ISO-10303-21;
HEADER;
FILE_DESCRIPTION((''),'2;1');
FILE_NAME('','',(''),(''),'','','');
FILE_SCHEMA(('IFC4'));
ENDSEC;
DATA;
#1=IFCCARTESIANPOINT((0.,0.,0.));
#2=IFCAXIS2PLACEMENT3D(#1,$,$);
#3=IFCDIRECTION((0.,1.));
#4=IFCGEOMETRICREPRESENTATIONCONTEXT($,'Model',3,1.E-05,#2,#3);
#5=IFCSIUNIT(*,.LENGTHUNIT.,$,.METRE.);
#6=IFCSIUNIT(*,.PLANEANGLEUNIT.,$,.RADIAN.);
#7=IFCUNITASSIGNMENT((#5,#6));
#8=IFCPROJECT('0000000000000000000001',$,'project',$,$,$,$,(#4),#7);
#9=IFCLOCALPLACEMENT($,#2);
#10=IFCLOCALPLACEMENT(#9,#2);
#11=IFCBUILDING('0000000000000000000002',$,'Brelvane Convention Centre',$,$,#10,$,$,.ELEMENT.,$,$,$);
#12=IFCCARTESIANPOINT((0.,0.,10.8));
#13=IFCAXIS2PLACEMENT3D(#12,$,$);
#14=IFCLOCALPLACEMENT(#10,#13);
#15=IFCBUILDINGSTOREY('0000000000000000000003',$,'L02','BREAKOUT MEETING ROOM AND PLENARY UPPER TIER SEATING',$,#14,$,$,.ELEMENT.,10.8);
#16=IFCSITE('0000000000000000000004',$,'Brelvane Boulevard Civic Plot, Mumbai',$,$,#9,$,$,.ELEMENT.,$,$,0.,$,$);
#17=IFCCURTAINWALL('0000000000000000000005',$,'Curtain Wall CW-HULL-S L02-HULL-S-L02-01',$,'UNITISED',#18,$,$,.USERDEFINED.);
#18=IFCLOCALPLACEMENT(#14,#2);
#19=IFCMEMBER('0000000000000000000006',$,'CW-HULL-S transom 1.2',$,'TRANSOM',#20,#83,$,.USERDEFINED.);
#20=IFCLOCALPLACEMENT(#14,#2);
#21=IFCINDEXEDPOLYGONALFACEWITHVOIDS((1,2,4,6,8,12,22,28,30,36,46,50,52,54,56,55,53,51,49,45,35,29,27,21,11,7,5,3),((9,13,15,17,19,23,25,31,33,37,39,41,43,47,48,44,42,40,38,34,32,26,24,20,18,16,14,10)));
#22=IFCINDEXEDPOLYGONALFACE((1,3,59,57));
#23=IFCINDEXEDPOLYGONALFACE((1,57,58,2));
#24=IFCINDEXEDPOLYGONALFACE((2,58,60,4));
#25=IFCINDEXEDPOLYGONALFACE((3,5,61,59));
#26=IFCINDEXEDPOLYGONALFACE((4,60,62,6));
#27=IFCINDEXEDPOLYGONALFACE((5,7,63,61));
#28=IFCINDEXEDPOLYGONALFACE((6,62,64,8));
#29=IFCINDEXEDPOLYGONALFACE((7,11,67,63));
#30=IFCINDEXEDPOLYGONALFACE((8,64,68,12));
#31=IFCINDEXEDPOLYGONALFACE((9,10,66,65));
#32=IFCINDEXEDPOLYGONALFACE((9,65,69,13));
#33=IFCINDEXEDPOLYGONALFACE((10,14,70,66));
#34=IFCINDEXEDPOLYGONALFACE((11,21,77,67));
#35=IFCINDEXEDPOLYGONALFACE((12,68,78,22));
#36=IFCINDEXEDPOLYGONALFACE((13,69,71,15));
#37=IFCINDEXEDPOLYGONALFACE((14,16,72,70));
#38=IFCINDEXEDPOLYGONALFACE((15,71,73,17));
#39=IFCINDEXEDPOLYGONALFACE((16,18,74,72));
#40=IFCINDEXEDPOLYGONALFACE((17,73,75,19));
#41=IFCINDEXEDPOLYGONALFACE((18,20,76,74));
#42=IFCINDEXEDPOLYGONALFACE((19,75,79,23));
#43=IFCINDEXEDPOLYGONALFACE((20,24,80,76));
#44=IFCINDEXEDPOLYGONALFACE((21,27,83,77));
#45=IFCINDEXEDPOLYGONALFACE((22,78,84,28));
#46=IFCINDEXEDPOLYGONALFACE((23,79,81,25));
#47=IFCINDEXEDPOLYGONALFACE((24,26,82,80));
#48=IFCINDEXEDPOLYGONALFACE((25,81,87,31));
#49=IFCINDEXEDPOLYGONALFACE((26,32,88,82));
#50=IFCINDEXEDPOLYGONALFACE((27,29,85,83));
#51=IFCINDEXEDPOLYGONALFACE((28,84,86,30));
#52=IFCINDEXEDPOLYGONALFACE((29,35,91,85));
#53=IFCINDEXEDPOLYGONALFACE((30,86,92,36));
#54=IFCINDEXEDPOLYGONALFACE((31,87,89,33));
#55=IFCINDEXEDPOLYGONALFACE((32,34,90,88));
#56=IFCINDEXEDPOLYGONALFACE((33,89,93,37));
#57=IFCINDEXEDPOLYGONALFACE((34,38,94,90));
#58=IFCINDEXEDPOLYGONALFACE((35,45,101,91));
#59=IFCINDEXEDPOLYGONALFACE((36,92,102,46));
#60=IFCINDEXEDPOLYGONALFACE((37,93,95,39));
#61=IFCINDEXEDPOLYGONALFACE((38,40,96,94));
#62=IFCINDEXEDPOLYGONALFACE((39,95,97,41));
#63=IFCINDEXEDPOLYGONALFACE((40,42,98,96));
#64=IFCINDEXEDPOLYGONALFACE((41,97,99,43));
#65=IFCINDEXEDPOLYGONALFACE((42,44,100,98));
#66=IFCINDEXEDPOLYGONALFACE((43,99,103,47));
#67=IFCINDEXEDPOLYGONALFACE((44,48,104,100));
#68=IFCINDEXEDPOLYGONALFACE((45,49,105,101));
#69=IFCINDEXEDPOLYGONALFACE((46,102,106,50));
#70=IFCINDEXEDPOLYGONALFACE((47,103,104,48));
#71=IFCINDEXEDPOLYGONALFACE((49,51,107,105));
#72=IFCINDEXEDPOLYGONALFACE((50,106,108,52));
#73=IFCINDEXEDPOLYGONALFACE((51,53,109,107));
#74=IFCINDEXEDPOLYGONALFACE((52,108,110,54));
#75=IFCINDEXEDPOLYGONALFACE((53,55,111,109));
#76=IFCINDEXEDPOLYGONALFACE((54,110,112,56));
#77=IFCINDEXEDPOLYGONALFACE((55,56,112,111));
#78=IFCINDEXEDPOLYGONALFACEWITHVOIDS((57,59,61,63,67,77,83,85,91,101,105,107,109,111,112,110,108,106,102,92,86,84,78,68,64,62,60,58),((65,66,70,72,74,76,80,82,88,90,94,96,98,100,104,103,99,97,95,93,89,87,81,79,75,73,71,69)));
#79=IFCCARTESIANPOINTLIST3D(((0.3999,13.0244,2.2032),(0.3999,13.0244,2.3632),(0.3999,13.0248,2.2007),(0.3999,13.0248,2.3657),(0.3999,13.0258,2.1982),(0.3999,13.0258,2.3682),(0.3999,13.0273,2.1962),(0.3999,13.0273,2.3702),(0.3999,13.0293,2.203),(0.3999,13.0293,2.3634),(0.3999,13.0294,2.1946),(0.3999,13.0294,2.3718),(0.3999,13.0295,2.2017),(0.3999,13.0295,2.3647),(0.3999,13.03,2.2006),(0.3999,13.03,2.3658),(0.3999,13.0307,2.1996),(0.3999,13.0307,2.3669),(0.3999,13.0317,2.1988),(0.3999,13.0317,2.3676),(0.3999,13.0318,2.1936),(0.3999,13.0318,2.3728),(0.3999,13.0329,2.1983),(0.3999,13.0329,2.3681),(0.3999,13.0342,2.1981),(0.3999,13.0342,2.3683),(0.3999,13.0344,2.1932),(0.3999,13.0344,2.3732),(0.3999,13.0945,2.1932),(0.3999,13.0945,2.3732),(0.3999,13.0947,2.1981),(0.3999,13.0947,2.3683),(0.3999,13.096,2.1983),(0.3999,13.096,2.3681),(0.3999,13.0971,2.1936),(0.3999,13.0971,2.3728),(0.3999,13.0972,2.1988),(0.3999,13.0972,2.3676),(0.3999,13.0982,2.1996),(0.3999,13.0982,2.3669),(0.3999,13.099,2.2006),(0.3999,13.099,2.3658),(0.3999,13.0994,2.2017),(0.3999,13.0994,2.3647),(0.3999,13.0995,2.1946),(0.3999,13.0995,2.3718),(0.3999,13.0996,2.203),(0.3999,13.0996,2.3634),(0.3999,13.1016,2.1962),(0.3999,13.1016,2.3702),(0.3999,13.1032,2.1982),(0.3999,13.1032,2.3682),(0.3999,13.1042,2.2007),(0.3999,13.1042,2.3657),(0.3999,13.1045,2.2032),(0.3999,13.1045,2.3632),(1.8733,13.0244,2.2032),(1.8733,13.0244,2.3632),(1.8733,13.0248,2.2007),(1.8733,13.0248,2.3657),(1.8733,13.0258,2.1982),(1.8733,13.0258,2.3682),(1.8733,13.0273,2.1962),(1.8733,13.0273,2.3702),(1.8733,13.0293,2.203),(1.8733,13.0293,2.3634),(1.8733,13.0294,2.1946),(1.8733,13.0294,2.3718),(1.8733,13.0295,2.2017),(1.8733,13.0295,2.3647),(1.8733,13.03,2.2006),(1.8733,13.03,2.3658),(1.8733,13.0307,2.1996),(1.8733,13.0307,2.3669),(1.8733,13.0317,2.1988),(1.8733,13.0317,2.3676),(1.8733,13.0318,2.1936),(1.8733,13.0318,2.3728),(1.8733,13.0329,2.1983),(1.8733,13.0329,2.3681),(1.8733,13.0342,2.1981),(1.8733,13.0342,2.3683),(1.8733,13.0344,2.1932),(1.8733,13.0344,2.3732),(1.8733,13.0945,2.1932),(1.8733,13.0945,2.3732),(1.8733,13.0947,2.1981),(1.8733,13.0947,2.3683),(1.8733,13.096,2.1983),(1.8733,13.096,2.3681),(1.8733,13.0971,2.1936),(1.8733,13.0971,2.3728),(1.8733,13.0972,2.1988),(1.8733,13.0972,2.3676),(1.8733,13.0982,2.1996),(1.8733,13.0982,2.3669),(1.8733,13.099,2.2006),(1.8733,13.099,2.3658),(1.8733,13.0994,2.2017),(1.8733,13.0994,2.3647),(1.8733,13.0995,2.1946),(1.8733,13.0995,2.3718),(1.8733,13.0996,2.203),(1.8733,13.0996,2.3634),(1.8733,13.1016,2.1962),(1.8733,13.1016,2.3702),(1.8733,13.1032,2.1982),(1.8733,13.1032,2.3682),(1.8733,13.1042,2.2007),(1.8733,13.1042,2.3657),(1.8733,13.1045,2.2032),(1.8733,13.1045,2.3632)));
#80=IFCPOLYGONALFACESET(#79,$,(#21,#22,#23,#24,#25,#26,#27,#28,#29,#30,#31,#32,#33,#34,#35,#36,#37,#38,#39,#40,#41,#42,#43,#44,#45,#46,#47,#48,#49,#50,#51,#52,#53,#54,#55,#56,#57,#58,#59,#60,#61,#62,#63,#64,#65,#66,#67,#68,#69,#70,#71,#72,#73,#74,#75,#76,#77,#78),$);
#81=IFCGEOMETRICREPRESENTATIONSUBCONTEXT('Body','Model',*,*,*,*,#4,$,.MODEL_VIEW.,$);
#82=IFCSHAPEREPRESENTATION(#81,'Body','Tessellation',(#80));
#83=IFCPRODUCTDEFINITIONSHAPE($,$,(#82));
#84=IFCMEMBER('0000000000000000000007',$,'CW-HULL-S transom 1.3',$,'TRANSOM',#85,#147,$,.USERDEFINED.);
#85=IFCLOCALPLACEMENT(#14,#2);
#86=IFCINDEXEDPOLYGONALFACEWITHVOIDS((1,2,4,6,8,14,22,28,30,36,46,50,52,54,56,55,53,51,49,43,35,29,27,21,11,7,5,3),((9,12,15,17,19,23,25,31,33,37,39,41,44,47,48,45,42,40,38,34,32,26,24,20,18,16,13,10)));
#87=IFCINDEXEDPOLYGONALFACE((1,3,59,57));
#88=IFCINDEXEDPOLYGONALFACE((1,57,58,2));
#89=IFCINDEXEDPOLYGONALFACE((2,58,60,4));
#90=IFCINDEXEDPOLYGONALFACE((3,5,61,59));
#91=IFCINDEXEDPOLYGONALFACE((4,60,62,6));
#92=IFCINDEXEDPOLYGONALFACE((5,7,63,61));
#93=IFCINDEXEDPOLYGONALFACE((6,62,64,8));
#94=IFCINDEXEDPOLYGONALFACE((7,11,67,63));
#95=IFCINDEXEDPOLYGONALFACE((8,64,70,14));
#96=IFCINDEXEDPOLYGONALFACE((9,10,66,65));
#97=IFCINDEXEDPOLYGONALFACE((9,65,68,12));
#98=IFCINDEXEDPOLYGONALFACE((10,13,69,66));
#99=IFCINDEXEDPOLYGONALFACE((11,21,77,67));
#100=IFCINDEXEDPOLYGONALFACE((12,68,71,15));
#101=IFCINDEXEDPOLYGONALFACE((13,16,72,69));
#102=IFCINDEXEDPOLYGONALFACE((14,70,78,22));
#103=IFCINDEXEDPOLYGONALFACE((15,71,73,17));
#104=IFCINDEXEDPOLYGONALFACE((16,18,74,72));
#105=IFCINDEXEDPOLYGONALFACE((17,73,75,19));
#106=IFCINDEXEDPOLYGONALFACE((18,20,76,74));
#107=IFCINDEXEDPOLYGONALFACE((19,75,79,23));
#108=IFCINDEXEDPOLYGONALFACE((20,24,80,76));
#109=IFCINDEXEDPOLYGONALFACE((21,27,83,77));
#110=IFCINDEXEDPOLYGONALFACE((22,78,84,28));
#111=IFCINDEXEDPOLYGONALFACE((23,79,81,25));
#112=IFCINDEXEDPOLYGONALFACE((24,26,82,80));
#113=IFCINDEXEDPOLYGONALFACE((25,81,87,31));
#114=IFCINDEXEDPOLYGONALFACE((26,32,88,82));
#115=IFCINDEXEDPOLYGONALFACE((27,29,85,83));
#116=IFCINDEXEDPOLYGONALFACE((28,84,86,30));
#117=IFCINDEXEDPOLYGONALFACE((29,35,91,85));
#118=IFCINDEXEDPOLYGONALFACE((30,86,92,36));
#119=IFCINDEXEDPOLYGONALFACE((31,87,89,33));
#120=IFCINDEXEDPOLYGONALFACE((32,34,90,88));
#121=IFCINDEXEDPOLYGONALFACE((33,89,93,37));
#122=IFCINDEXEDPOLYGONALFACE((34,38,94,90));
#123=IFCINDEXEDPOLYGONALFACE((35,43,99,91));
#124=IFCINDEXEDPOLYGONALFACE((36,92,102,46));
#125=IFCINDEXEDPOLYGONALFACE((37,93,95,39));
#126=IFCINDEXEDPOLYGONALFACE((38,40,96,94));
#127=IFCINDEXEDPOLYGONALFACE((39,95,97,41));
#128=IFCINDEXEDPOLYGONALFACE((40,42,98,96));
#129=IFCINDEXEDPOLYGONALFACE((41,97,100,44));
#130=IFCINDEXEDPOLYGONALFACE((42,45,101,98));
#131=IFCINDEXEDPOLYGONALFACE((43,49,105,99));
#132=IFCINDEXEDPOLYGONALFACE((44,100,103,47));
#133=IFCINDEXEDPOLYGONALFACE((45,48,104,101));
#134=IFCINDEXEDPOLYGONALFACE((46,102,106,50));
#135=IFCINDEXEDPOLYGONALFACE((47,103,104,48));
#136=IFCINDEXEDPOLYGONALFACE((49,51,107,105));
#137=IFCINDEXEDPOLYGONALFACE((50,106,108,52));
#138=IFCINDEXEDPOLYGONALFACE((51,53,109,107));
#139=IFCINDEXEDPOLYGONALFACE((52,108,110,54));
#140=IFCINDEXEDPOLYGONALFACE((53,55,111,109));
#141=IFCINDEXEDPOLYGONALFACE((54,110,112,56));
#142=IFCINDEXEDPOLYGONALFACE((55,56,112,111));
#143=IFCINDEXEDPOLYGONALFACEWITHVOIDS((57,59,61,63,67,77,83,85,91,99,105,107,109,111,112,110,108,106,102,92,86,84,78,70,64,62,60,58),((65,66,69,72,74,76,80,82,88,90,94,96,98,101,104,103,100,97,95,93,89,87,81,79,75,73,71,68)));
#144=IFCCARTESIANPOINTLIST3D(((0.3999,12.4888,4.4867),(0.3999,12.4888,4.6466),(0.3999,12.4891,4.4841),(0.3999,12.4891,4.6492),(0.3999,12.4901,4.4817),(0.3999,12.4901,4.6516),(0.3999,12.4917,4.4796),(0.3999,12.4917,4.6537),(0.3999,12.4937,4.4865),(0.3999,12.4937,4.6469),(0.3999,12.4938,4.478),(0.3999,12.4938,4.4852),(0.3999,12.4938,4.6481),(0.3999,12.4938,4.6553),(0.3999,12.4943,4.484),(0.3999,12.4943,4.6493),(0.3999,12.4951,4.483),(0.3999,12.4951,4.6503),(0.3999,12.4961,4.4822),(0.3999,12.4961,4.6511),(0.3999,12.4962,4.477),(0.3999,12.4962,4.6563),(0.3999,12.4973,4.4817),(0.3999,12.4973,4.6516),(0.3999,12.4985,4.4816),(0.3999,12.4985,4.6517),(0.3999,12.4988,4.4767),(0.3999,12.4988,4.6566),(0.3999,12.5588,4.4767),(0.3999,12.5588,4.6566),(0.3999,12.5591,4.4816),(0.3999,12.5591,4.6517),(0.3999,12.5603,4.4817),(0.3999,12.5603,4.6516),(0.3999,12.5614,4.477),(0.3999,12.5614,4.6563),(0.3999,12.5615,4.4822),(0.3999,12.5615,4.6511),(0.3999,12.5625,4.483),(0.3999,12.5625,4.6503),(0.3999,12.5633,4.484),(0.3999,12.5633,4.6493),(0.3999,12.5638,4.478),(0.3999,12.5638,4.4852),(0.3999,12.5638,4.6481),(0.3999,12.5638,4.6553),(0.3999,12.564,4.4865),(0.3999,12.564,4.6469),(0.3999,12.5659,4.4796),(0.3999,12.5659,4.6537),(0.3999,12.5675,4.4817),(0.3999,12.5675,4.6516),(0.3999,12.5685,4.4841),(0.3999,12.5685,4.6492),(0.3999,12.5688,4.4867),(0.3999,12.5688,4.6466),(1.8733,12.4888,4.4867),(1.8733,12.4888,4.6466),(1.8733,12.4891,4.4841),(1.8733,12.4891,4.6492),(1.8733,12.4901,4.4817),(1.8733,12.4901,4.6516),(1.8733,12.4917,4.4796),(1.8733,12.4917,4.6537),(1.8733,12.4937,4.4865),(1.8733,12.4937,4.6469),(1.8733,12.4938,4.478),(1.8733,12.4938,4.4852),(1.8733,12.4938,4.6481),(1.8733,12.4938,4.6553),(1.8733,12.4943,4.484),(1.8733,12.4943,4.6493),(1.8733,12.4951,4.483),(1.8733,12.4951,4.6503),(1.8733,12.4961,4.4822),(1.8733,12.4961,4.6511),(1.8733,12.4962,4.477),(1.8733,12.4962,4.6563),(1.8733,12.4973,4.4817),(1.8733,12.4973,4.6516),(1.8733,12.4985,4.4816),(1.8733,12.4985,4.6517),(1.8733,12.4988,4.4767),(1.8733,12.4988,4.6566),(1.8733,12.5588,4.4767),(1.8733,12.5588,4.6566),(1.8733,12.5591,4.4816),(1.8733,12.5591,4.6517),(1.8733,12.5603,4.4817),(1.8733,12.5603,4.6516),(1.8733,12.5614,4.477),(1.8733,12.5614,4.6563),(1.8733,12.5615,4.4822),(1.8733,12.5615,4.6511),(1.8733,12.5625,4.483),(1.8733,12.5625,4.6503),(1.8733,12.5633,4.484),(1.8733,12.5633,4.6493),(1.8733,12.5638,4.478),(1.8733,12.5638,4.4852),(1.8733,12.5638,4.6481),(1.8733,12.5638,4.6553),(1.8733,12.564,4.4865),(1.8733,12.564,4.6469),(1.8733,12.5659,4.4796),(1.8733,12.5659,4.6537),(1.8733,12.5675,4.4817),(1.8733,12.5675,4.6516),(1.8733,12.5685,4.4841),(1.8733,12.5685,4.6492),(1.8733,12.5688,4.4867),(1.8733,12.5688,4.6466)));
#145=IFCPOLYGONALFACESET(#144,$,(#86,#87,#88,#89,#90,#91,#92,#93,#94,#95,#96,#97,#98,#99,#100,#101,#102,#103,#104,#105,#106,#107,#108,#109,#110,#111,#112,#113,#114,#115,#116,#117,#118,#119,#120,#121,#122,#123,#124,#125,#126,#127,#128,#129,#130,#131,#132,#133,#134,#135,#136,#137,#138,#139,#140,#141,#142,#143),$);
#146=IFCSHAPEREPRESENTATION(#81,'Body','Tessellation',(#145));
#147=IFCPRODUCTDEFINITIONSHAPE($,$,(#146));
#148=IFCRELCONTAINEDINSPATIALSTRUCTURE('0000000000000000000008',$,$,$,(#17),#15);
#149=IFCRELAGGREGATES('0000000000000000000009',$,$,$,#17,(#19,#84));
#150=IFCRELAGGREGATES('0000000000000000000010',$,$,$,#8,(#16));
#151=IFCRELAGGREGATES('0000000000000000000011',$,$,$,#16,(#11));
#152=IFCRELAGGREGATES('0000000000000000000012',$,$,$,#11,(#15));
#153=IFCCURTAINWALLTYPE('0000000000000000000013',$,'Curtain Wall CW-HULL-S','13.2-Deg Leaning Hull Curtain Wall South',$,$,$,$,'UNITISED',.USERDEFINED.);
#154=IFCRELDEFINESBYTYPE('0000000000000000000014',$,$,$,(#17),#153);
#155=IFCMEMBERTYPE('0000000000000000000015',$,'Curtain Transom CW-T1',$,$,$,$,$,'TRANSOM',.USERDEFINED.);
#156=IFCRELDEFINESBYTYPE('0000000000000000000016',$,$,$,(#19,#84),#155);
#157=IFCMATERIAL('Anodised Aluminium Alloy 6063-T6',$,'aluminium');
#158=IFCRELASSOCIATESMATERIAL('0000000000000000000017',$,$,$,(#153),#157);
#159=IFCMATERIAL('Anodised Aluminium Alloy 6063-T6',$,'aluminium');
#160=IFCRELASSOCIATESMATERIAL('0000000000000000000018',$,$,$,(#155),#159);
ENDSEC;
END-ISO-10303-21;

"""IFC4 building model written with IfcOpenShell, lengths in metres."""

from ifc_helpers import new_model, si_unit, direction, frame, origin, origin_2d, place, context, subcontext, project, spatial, hollow_rectangle, extrude, material, material_profile, profile_set, type_object, element, aggregate, save


model = new_model("IFC4")

# Units and contexts
model_context = context("Model", 3, precision=1e-05, world=origin(), true_north=direction((0.0, 1.0)))
body_context = subcontext(model_context, "Body", "Model", "MODEL_VIEW")
ifc_project = project(units=[si_unit("LENGTHUNIT", "METRE"), si_unit("PLANEANGLEUNIT", "RADIAN")], contexts=[model_context])

# Site, building, storey
site_placement = place(None, origin())
site = spatial("IfcSite", under=ifc_project, at=site_placement, Name="Brelvane Boulevard Civic Plot, Mumbai", CompositionType="ELEMENT", RefElevation=0.0)
building_placement = place(site_placement, origin())
building = spatial("IfcBuilding", under=site, at=building_placement, Name="Brelvane Convention Centre", CompositionType="ELEMENT")
storey_placement = place(building_placement, frame((0.0, 0.0, 10.8)))
storey = spatial("IfcBuildingStorey", under=building, at=storey_placement, Name="L02", Description="BREAKOUT MEETING ROOM AND PLENARY UPPER TIER SEATING", CompositionType="ELEMENT", Elevation=10.8)

# Curtain wall, members
ifc_material_1 = material(Name="Anodised Aluminium Alloy 6063-T6", Category="aluminium")
curtain_wall_type = type_object("IfcCurtainWallType", Name="Curtain Wall CW-HULL-S", Description="13.2-Deg Leaning Hull Curtain Wall South", ElementType="UNITISED", PredefinedType="USERDEFINED", material=ifc_material_1)
curtain_wall_placement = place(storey_placement, origin())
curtain_wall = element("IfcCurtainWall", 1, at=curtain_wall_placement, inside=storey, type_object=curtain_wall_type, Name="Curtain Wall CW-HULL-S L02-HULL-S-L02-01", ObjectType="UNITISED", PredefinedType="USERDEFINED")
ifc_material_2 = material(Name="Anodised Aluminium Alloy 6063-T6", Category="aluminium")
ifc_material_profile = material_profile(ifc_material_2, hollow_rectangle(XDim=0.0801, YDim=0.1799, WallThickness=0.0049, InnerFilletRadius=0.0049, OuterFilletRadius=0.01, at=origin_2d()), Name="ALU-T 180x80x5.0")
ifc_profile_set = profile_set([ifc_material_profile], Name="Anodised Aluminium Alloy 6063-T6")
member_type = type_object("IfcMemberType", Name="Curtain Transom CW-T1", ElementType="TRANSOM", PredefinedType="USERDEFINED", material=ifc_profile_set)
member_1_placement = place(storey_placement, frame((0.3999, 13.0645, 2.2832), z_axis=(1.0, 0.0, 0.0), x_axis=(0.0, 1.0, 0.0)))
member_1 = element("IfcMember", 2, at=member_1_placement, type_object=member_type, Name="CW-HULL-S transom 1.2", ObjectType="TRANSOM", PredefinedType="USERDEFINED", context=body_context, shape_type="SweptSolid", body=[
    extrude(hollow_rectangle(XDim=0.0801, YDim=0.1799, WallThickness=0.0049, InnerFilletRadius=0.0049, OuterFilletRadius=0.01, at=origin_2d()), origin(), (0.0, 0.0, 1.0), 1.4734),
])
member_2_placement = place(storey_placement, frame((0.3999, 12.5288, 4.5667), z_axis=(1.0, 0.0, 0.0), x_axis=(0.0, 1.0, 0.0)))
member_2 = element("IfcMember", 3, at=member_2_placement, type_object=member_type, Name="CW-HULL-S transom 1.3", ObjectType="TRANSOM", PredefinedType="USERDEFINED", context=body_context, shape_type="SweptSolid", body=[
    extrude(hollow_rectangle(XDim=0.0801, YDim=0.1799, WallThickness=0.0049, InnerFilletRadius=0.0049, OuterFilletRadius=0.01, at=origin_2d()), origin(), (0.0, 0.0, 1.0), 1.4734),
])
aggregate(curtain_wall, [member_1, member_2])

save(model, "model.ifc")
